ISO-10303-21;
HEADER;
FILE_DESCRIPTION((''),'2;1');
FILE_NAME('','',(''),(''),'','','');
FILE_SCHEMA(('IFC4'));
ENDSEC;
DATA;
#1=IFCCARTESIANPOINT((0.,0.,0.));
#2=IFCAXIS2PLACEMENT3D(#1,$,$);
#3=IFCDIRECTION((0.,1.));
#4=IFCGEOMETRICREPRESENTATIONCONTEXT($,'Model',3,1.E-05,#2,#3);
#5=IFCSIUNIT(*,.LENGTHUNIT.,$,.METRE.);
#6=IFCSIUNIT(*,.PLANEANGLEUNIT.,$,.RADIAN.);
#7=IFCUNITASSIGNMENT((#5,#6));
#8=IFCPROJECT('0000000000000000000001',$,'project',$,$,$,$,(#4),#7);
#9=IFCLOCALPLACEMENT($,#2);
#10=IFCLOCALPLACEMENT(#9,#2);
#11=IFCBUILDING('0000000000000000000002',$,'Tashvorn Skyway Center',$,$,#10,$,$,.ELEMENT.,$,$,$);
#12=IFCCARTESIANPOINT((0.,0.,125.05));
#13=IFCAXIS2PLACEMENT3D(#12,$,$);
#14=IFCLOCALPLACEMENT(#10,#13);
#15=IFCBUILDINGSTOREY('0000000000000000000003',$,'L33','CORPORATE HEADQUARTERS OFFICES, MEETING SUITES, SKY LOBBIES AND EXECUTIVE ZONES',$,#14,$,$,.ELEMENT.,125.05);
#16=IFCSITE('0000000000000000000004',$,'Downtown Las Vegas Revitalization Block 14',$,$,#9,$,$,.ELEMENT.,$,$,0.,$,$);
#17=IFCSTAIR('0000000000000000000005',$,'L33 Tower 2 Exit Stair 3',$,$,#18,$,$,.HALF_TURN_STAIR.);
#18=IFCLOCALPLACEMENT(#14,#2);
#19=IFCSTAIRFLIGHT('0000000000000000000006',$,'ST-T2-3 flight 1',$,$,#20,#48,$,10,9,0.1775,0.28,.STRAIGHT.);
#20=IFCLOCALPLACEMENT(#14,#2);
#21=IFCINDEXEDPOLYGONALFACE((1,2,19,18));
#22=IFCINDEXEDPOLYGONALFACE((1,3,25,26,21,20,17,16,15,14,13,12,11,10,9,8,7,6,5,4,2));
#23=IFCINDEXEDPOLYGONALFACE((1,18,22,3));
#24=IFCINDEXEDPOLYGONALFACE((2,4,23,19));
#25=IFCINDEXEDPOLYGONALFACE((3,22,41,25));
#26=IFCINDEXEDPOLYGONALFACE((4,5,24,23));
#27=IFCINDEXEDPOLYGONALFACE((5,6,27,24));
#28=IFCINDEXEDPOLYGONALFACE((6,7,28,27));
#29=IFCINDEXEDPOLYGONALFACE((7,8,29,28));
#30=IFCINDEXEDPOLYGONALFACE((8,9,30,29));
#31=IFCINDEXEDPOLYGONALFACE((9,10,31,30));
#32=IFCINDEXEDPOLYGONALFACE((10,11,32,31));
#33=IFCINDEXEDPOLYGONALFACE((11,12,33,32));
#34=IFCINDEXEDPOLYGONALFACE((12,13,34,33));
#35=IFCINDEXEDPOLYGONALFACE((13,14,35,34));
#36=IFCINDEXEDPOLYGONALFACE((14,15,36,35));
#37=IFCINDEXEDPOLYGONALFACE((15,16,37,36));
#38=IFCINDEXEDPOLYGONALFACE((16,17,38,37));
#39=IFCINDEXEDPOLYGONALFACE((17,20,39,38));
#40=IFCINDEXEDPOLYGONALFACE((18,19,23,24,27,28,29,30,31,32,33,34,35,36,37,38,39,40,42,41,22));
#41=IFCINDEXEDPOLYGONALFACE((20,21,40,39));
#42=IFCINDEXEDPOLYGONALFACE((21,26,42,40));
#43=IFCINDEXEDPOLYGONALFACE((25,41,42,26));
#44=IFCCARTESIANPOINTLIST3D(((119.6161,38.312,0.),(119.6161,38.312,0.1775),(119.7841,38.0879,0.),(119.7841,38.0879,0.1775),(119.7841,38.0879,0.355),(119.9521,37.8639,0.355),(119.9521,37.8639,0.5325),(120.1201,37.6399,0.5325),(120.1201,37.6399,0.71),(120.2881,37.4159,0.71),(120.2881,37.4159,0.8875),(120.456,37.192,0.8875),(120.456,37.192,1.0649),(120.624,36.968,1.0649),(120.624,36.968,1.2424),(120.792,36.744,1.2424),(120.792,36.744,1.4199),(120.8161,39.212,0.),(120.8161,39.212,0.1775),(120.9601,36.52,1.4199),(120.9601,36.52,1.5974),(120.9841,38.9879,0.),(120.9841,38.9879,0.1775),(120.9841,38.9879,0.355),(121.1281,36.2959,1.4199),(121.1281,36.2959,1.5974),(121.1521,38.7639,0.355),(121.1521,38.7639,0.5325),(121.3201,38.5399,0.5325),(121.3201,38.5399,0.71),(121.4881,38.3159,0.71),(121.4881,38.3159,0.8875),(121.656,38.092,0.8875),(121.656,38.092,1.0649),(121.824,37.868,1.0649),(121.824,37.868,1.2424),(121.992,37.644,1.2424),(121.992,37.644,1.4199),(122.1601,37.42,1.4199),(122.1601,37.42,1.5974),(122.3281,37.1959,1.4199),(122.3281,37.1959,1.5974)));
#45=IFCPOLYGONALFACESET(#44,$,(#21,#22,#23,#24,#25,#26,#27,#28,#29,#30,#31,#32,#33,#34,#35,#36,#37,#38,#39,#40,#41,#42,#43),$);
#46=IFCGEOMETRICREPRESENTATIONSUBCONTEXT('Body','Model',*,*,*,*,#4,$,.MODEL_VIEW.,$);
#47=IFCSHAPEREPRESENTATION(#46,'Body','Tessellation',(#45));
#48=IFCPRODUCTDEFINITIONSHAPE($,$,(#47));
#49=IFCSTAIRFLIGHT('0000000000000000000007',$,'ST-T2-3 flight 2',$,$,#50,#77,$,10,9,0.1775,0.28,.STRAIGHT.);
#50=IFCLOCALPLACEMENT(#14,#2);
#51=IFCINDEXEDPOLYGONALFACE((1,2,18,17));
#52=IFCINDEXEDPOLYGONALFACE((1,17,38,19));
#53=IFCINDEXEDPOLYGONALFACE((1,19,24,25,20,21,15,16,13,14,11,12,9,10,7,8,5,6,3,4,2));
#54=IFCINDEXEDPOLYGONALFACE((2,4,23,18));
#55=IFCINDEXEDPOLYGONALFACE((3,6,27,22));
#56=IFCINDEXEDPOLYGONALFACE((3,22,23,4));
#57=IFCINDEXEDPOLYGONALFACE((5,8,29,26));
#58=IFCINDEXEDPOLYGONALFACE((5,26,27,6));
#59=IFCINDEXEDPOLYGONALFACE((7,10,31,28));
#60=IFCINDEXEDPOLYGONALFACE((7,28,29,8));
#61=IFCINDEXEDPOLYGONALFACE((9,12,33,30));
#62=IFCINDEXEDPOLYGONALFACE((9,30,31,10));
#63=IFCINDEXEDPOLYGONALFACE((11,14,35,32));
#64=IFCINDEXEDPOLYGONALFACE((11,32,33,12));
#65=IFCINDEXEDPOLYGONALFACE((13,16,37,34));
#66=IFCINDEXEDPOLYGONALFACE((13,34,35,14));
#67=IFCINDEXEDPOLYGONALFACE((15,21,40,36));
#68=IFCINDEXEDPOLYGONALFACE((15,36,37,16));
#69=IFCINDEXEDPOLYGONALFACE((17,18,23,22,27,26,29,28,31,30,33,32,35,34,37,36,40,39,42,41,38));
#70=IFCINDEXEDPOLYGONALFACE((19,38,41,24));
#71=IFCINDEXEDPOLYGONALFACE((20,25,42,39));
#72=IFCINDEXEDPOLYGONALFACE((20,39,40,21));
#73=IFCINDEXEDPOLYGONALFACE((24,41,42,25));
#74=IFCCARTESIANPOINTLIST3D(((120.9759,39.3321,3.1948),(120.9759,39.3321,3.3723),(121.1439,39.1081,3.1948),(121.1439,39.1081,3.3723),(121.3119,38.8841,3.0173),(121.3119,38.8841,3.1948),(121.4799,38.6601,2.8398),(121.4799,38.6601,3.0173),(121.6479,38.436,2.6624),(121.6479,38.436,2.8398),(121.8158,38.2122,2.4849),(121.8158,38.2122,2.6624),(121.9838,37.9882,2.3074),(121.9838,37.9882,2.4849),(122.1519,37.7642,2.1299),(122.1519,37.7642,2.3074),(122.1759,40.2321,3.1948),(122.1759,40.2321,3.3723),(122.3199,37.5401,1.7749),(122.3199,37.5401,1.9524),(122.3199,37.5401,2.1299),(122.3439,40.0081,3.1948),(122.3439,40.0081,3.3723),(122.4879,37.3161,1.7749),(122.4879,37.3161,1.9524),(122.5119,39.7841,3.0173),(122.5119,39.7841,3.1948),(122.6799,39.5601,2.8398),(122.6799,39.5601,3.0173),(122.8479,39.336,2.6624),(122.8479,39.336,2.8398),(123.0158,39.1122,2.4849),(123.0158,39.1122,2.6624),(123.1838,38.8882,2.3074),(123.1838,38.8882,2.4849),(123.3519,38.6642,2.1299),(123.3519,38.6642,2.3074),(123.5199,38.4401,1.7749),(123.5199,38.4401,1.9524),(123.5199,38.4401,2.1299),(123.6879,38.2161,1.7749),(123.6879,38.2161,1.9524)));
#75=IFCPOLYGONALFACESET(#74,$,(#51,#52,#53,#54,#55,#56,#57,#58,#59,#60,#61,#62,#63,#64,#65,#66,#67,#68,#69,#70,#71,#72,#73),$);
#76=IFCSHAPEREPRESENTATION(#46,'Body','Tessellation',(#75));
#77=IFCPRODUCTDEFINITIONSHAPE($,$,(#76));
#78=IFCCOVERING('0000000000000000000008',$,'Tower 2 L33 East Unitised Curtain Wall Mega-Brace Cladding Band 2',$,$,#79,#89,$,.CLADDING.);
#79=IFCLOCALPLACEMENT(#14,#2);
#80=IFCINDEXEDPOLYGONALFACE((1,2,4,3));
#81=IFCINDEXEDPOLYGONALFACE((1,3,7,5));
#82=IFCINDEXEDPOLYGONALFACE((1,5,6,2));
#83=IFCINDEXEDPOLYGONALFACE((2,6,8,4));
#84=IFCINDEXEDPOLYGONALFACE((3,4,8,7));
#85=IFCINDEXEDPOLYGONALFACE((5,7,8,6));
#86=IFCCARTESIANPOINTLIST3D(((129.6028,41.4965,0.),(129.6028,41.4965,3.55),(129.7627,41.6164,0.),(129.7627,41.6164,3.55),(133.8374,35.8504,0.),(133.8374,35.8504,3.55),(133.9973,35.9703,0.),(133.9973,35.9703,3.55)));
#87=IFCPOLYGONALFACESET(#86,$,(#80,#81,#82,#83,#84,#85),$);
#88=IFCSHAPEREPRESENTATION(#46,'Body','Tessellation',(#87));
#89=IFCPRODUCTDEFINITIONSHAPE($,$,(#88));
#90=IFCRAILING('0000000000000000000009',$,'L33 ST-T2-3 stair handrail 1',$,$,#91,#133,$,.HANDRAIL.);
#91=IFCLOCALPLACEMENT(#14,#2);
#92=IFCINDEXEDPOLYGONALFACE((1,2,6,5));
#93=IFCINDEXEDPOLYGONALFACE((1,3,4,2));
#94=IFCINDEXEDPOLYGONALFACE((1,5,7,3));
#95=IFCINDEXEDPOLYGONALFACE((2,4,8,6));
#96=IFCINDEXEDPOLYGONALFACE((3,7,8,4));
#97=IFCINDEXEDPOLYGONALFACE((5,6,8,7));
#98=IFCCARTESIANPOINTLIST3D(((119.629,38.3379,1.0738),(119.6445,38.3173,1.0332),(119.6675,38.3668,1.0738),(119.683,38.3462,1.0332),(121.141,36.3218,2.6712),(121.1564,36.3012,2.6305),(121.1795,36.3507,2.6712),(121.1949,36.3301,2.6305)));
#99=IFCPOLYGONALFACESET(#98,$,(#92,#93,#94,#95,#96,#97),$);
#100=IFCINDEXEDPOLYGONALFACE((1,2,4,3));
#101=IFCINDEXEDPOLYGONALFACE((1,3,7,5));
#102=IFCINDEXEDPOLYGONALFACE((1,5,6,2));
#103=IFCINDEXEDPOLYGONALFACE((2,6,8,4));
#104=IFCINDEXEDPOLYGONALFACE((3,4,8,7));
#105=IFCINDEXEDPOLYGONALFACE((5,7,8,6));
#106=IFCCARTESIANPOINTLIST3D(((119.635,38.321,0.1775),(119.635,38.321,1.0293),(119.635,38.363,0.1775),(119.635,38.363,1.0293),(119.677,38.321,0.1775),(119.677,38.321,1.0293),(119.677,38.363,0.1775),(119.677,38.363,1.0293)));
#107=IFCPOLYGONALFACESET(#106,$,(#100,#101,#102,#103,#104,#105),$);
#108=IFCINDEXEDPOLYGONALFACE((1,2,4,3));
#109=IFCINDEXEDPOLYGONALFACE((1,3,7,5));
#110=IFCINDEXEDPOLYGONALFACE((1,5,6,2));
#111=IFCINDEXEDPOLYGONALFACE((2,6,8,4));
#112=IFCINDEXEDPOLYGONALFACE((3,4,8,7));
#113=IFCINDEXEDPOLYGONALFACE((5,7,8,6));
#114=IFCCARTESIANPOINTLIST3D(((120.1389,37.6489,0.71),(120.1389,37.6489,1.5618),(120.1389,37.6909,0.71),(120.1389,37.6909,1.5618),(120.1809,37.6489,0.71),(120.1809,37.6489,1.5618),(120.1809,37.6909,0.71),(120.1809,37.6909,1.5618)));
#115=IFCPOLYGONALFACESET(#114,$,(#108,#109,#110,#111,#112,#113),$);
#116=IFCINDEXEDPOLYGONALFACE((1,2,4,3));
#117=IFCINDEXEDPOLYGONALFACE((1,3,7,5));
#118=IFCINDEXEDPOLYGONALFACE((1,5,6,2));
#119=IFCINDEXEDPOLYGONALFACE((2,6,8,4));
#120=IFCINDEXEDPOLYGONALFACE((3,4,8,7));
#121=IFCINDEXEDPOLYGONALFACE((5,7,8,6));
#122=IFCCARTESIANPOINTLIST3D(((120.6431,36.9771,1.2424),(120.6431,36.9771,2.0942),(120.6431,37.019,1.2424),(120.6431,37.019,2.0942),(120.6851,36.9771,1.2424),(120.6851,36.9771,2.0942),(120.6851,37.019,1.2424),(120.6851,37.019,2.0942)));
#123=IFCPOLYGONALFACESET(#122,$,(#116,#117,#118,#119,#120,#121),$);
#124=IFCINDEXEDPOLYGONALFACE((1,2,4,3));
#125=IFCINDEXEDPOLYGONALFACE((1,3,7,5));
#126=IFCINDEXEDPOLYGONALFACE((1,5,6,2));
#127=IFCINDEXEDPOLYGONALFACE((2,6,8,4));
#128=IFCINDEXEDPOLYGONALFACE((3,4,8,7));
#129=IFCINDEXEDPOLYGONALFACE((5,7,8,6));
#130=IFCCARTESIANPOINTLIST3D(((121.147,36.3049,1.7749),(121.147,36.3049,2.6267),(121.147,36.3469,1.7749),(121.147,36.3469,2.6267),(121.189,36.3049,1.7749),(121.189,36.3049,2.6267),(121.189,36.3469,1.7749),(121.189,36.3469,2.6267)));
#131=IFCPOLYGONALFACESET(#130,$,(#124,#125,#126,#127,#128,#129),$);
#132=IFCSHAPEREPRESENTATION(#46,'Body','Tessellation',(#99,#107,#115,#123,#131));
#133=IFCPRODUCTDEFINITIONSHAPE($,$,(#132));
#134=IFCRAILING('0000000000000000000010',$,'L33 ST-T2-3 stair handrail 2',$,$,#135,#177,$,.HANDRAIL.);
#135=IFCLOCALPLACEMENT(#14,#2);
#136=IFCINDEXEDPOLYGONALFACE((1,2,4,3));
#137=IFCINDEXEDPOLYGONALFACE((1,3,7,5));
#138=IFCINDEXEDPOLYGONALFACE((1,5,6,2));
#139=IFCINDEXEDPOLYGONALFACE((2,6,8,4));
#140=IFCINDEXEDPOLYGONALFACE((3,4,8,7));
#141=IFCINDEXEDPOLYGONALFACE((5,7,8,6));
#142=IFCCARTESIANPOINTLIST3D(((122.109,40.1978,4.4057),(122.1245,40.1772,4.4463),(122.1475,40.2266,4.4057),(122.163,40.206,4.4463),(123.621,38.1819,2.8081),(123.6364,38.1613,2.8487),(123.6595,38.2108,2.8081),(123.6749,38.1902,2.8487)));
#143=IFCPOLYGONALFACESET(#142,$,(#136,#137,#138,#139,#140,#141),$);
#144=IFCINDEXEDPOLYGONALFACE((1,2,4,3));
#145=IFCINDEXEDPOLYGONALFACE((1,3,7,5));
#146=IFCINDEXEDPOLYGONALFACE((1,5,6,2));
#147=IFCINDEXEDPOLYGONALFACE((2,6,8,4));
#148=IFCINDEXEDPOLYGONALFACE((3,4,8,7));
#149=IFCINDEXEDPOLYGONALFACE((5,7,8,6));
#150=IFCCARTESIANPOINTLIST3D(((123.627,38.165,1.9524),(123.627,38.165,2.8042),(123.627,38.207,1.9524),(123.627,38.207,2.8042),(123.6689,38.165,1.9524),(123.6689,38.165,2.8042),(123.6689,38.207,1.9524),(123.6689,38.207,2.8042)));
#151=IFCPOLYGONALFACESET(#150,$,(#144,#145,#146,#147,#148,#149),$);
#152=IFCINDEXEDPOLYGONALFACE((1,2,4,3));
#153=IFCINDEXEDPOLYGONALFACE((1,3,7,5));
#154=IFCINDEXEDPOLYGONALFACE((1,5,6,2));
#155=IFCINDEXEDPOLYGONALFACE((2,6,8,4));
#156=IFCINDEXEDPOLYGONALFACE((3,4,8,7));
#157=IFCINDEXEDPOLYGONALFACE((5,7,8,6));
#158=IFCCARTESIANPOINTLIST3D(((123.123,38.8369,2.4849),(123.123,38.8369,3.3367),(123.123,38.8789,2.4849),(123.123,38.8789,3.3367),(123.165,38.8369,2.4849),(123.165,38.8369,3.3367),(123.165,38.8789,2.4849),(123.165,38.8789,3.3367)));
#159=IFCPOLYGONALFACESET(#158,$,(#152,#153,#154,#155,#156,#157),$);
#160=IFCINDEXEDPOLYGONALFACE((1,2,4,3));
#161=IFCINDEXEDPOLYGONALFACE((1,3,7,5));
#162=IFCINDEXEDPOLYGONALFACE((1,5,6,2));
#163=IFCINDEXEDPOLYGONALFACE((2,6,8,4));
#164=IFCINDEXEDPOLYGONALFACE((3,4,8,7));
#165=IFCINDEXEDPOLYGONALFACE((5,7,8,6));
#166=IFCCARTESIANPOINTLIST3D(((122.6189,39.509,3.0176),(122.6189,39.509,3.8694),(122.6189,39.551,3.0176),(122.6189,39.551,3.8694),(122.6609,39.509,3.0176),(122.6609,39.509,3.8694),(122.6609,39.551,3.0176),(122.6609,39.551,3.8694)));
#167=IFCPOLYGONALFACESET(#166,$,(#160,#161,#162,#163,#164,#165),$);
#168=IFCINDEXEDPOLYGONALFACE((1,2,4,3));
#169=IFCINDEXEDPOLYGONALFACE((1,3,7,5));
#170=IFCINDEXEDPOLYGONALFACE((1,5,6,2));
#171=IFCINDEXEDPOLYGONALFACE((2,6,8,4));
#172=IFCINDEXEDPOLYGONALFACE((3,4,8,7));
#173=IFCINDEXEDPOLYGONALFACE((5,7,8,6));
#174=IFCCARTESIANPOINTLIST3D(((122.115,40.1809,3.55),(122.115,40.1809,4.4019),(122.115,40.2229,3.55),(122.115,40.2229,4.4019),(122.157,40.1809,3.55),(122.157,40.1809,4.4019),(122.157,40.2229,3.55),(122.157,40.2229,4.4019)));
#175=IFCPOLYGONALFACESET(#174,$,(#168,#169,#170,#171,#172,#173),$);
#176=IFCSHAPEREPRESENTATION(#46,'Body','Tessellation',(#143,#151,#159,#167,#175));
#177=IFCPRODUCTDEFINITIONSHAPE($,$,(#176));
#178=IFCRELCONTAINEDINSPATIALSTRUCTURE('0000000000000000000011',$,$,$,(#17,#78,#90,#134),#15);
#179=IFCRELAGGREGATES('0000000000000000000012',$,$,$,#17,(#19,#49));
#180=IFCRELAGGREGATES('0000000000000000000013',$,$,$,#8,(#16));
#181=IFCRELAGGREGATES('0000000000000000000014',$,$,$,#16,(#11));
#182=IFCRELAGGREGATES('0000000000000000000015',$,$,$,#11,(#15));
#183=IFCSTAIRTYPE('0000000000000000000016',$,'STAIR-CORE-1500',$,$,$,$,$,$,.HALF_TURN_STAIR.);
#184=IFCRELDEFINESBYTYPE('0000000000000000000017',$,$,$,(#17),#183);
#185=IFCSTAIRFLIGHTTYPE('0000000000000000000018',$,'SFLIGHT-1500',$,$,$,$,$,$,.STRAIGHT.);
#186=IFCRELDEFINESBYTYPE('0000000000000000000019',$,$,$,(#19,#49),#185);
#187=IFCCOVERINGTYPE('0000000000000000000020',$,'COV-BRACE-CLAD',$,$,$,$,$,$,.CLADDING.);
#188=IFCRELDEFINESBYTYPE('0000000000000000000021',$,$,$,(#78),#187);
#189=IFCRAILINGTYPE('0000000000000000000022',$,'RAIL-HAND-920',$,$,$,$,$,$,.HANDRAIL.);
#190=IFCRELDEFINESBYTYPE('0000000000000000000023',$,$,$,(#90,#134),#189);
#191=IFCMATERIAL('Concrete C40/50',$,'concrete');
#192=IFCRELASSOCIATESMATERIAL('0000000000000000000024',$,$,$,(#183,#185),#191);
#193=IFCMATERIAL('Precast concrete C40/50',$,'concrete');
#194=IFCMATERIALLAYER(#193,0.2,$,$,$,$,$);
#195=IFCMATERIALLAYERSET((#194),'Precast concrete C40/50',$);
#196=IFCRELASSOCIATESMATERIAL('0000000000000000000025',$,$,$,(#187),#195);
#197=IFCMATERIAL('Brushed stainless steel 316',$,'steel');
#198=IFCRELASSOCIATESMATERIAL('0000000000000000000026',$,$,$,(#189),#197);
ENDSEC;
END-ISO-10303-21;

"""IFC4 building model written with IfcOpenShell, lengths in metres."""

from ifc_helpers import new_model, si_unit, direction, frame, origin, origin_2d, place, context, subcontext, project, spatial, polyline, rectangle, outline, extrude, material, layer, layer_set, type_object, element, aggregate, save


model = new_model("IFC4")

# Units and contexts
model_context = context("Model", 3, precision=1e-05, world=origin(), true_north=direction((0.0, 1.0)))
body_context = subcontext(model_context, "Body", "Model", "MODEL_VIEW")
ifc_project = project(units=[si_unit("LENGTHUNIT", "METRE"), si_unit("PLANEANGLEUNIT", "RADIAN")], contexts=[model_context])

# Site, building, storey
site_placement = place(None, origin())
site = spatial("IfcSite", under=ifc_project, at=site_placement, Name="Downtown Las Vegas Revitalization Block 14", CompositionType="ELEMENT", RefElevation=0.0)
building_placement = place(site_placement, origin())
building = spatial("IfcBuilding", under=site, at=building_placement, Name="Tashvorn Skyway Center", CompositionType="ELEMENT")
storey_placement = place(building_placement, frame((0.0, 0.0, 125.05)))
storey = spatial("IfcBuildingStorey", under=building, at=storey_placement, Name="L33", Description="CORPORATE HEADQUARTERS OFFICES, MEETING SUITES, SKY LOBBIES AND EXECUTIVE ZONES", CompositionType="ELEMENT", Elevation=125.05)

# Shared definitions
ifc_material_1 = material(Name="Concrete C40/50", Category="concrete")

# Stair, stair flights
stair_type = type_object("IfcStairType", Name="STAIR-CORE-1500", PredefinedType="HALF_TURN_STAIR", material=ifc_material_1)
stair_placement = place(storey_placement, origin())
stair = element("IfcStair", 1, at=stair_placement, inside=storey, type_object=stair_type, Name="L33 Tower 2 Exit Stair 3", PredefinedType="HALF_TURN_STAIR")
stair_flight_type = type_object("IfcStairFlightType", Name="SFLIGHT-1500", PredefinedType="STRAIGHT", material=ifc_material_1)
stair_flight_1_placement = place(storey_placement, frame((120.2161, 38.762, 0.0), z_axis=(0.0, 0.0, 1.0), x_axis=(0.6, -0.8, 0.0)))
stair_flight_1 = element("IfcStairFlight", 2, at=stair_flight_1_placement, type_object=stair_flight_type, Name="ST-T2-3 flight 1", NumberOfRisers=10, NumberOfTreads=9, PredefinedType="STRAIGHT", RiserHeight=0.1775, TreadLength=0.28, context=body_context, shape_type="SweptSolid", body=[
    extrude(outline(polyline([(0.0, 0.0), (0.0, 0.1775), (0.28, 0.1775), (0.28, 0.355), (0.5601, 0.355), (0.5601, 0.5325), (0.8401, 0.5325), (0.8401, 0.71), (1.1201, 0.71), (1.1201, 0.8875), (1.3999, 0.8875), (1.3999, 1.0649), (1.6799, 1.0649), (1.6799, 1.2424), (1.96, 1.2424), (1.96, 1.4199), (2.24, 1.4199), (2.24, 1.5974), (2.52, 1.5974), (2.52, 1.7749), (2.52, 1.4199), (0.28, 0.0), (0.0, 0.0)])), frame((0.0, 0.75, 0.0), z_axis=(0.0, -1.0, 0.0), x_axis=(1.0, 0.0, 0.0)), (0.0, 0.0, 1.0), 1.5),
])
stair_flight_2_placement = place(storey_placement, frame((123.0879, 37.7661, 1.7749), z_axis=(0.0, 0.0, 1.0), x_axis=(-0.6, 0.8, 0.0)))
stair_flight_2 = element("IfcStairFlight", 3, at=stair_flight_2_placement, type_object=stair_flight_type, Name="ST-T2-3 flight 2", NumberOfRisers=10, NumberOfTreads=9, PredefinedType="STRAIGHT", RiserHeight=0.1775, TreadLength=0.28, context=body_context, shape_type="SweptSolid", body=[
    extrude(outline(polyline([(0.0, 0.0), (0.0, 0.1775), (0.28, 0.1775), (0.28, 0.355), (0.5601, 0.355), (0.5601, 0.5325), (0.8401, 0.5325), (0.8401, 0.71), (1.1201, 0.71), (1.1201, 0.8875), (1.3999, 0.8875), (1.3999, 1.0649), (1.6799, 1.0649), (1.6799, 1.2424), (1.96, 1.2424), (1.96, 1.4199), (2.24, 1.4199), (2.24, 1.5974), (2.52, 1.5974), (2.52, 1.7749), (2.52, 1.4199), (0.28, 0.0), (0.0, 0.0)])), frame((0.0, 0.75, 0.0), z_axis=(0.0, -1.0, 0.0), x_axis=(1.0, 0.0, 0.0)), (0.0, 0.0, 1.0), 1.5),
])
aggregate(stair, [stair_flight_1, stair_flight_2])

# Covering
ifc_material_2 = material(Name="Precast concrete C40/50", Category="concrete")
ifc_layer_1 = layer(ifc_material_2, 0.2)
ifc_layer_set_1 = layer_set([ifc_layer_1], Name="Precast concrete C40/50")
covering_type = type_object("IfcCoveringType", Name="COV-BRACE-CLAD", PredefinedType="CLADDING", material=ifc_layer_set_1)
covering_placement = place(storey_placement, frame((131.8, 38.7334, 0.0), z_axis=(0.0, 0.0, 1.0), x_axis=(0.6, -0.8, 0.0)))
element("IfcCovering", 4, at=covering_placement, inside=storey, type_object=covering_type, Name="Tower 2 L33 East Unitised Curtain Wall Mega-Brace Cladding Band 2", PredefinedType="CLADDING", context=body_context, shape_type="SweptSolid", body=[
    extrude(rectangle(XDim=7.0576, YDim=0.2, at=origin_2d()), origin(), (0.0, 0.0, 1.0), 3.55),
])

# Railings
ifc_material_3 = material(Name="Brushed stainless steel 316", Category="steel")
railing_type_1 = type_object("IfcRailingType", Name="RAIL-HAND-920", PredefinedType="HANDRAIL", material=ifc_material_3)
railing_1_placement = place(storey_placement, frame((119.656, 38.342, 0.1775)))
element("IfcRailing", 5, at=railing_1_placement, inside=storey, type_object=railing_type_1, Name="L33 ST-T2-3 stair handrail 1", PredefinedType="HANDRAIL", context=body_context, shape_type="SweptSolid", body=[
    extrude(rectangle(XDim=0.0481, YDim=0.0481, at=origin_2d()), frame((0.0, 0.0, 0.876), z_axis=(0.506741, -0.675709, 0.535379), x_axis=(0.800023, 0.599969, 0.0)), (0.0, 0.0, 1.0), 2.9836),
    extrude(rectangle(XDim=0.042, YDim=0.042, at=origin_2d()), origin(), (0.0, 0.0, 1.0), 0.8518),
    extrude(rectangle(XDim=0.042, YDim=0.042, at=origin_2d()), frame((0.5039, -0.6721, 0.5325)), (0.0, 0.0, 1.0), 0.8518),
    extrude(rectangle(XDim=0.042, YDim=0.042, at=origin_2d()), frame((1.0081, -1.344, 1.0649)), (0.0, 0.0, 1.0), 0.8518),
    extrude(rectangle(XDim=0.042, YDim=0.042, at=origin_2d()), frame((1.512, -2.0161, 1.5974)), (0.0, 0.0, 1.0), 0.8518),
])
railing_2_placement = place(storey_placement, frame((123.6479, 38.186, 1.9524)))
element("IfcRailing", 6, at=railing_2_placement, inside=storey, type_object=railing_type_1, Name="L33 ST-T2-3 stair handrail 2", PredefinedType="HANDRAIL", context=body_context, shape_type="SweptSolid", body=[
    extrude(rectangle(XDim=0.0481, YDim=0.0481, at=origin_2d()), frame((0.0, 0.0, 0.876), z_axis=(-0.506747, 0.675635, 0.535467), x_axis=(-0.799988, -0.600016, 0.0)), (0.0, 0.0, 1.0), 2.9836),
    extrude(rectangle(XDim=0.042, YDim=0.042, at=origin_2d()), origin(), (0.0, 0.0, 1.0), 0.8518),
    extrude(rectangle(XDim=0.042, YDim=0.042, at=origin_2d()), frame((-0.5039, 0.6719, 0.5325)), (0.0, 0.0, 1.0), 0.8518),
    extrude(rectangle(XDim=0.042, YDim=0.042, at=origin_2d()), frame((-1.0081, 1.344, 1.0652)), (0.0, 0.0, 1.0), 0.8518),
    extrude(rectangle(XDim=0.042, YDim=0.042, at=origin_2d()), frame((-1.512, 2.0159, 1.5977)), (0.0, 0.0, 1.0), 0.8518),
])

save(model, "model.ifc")
